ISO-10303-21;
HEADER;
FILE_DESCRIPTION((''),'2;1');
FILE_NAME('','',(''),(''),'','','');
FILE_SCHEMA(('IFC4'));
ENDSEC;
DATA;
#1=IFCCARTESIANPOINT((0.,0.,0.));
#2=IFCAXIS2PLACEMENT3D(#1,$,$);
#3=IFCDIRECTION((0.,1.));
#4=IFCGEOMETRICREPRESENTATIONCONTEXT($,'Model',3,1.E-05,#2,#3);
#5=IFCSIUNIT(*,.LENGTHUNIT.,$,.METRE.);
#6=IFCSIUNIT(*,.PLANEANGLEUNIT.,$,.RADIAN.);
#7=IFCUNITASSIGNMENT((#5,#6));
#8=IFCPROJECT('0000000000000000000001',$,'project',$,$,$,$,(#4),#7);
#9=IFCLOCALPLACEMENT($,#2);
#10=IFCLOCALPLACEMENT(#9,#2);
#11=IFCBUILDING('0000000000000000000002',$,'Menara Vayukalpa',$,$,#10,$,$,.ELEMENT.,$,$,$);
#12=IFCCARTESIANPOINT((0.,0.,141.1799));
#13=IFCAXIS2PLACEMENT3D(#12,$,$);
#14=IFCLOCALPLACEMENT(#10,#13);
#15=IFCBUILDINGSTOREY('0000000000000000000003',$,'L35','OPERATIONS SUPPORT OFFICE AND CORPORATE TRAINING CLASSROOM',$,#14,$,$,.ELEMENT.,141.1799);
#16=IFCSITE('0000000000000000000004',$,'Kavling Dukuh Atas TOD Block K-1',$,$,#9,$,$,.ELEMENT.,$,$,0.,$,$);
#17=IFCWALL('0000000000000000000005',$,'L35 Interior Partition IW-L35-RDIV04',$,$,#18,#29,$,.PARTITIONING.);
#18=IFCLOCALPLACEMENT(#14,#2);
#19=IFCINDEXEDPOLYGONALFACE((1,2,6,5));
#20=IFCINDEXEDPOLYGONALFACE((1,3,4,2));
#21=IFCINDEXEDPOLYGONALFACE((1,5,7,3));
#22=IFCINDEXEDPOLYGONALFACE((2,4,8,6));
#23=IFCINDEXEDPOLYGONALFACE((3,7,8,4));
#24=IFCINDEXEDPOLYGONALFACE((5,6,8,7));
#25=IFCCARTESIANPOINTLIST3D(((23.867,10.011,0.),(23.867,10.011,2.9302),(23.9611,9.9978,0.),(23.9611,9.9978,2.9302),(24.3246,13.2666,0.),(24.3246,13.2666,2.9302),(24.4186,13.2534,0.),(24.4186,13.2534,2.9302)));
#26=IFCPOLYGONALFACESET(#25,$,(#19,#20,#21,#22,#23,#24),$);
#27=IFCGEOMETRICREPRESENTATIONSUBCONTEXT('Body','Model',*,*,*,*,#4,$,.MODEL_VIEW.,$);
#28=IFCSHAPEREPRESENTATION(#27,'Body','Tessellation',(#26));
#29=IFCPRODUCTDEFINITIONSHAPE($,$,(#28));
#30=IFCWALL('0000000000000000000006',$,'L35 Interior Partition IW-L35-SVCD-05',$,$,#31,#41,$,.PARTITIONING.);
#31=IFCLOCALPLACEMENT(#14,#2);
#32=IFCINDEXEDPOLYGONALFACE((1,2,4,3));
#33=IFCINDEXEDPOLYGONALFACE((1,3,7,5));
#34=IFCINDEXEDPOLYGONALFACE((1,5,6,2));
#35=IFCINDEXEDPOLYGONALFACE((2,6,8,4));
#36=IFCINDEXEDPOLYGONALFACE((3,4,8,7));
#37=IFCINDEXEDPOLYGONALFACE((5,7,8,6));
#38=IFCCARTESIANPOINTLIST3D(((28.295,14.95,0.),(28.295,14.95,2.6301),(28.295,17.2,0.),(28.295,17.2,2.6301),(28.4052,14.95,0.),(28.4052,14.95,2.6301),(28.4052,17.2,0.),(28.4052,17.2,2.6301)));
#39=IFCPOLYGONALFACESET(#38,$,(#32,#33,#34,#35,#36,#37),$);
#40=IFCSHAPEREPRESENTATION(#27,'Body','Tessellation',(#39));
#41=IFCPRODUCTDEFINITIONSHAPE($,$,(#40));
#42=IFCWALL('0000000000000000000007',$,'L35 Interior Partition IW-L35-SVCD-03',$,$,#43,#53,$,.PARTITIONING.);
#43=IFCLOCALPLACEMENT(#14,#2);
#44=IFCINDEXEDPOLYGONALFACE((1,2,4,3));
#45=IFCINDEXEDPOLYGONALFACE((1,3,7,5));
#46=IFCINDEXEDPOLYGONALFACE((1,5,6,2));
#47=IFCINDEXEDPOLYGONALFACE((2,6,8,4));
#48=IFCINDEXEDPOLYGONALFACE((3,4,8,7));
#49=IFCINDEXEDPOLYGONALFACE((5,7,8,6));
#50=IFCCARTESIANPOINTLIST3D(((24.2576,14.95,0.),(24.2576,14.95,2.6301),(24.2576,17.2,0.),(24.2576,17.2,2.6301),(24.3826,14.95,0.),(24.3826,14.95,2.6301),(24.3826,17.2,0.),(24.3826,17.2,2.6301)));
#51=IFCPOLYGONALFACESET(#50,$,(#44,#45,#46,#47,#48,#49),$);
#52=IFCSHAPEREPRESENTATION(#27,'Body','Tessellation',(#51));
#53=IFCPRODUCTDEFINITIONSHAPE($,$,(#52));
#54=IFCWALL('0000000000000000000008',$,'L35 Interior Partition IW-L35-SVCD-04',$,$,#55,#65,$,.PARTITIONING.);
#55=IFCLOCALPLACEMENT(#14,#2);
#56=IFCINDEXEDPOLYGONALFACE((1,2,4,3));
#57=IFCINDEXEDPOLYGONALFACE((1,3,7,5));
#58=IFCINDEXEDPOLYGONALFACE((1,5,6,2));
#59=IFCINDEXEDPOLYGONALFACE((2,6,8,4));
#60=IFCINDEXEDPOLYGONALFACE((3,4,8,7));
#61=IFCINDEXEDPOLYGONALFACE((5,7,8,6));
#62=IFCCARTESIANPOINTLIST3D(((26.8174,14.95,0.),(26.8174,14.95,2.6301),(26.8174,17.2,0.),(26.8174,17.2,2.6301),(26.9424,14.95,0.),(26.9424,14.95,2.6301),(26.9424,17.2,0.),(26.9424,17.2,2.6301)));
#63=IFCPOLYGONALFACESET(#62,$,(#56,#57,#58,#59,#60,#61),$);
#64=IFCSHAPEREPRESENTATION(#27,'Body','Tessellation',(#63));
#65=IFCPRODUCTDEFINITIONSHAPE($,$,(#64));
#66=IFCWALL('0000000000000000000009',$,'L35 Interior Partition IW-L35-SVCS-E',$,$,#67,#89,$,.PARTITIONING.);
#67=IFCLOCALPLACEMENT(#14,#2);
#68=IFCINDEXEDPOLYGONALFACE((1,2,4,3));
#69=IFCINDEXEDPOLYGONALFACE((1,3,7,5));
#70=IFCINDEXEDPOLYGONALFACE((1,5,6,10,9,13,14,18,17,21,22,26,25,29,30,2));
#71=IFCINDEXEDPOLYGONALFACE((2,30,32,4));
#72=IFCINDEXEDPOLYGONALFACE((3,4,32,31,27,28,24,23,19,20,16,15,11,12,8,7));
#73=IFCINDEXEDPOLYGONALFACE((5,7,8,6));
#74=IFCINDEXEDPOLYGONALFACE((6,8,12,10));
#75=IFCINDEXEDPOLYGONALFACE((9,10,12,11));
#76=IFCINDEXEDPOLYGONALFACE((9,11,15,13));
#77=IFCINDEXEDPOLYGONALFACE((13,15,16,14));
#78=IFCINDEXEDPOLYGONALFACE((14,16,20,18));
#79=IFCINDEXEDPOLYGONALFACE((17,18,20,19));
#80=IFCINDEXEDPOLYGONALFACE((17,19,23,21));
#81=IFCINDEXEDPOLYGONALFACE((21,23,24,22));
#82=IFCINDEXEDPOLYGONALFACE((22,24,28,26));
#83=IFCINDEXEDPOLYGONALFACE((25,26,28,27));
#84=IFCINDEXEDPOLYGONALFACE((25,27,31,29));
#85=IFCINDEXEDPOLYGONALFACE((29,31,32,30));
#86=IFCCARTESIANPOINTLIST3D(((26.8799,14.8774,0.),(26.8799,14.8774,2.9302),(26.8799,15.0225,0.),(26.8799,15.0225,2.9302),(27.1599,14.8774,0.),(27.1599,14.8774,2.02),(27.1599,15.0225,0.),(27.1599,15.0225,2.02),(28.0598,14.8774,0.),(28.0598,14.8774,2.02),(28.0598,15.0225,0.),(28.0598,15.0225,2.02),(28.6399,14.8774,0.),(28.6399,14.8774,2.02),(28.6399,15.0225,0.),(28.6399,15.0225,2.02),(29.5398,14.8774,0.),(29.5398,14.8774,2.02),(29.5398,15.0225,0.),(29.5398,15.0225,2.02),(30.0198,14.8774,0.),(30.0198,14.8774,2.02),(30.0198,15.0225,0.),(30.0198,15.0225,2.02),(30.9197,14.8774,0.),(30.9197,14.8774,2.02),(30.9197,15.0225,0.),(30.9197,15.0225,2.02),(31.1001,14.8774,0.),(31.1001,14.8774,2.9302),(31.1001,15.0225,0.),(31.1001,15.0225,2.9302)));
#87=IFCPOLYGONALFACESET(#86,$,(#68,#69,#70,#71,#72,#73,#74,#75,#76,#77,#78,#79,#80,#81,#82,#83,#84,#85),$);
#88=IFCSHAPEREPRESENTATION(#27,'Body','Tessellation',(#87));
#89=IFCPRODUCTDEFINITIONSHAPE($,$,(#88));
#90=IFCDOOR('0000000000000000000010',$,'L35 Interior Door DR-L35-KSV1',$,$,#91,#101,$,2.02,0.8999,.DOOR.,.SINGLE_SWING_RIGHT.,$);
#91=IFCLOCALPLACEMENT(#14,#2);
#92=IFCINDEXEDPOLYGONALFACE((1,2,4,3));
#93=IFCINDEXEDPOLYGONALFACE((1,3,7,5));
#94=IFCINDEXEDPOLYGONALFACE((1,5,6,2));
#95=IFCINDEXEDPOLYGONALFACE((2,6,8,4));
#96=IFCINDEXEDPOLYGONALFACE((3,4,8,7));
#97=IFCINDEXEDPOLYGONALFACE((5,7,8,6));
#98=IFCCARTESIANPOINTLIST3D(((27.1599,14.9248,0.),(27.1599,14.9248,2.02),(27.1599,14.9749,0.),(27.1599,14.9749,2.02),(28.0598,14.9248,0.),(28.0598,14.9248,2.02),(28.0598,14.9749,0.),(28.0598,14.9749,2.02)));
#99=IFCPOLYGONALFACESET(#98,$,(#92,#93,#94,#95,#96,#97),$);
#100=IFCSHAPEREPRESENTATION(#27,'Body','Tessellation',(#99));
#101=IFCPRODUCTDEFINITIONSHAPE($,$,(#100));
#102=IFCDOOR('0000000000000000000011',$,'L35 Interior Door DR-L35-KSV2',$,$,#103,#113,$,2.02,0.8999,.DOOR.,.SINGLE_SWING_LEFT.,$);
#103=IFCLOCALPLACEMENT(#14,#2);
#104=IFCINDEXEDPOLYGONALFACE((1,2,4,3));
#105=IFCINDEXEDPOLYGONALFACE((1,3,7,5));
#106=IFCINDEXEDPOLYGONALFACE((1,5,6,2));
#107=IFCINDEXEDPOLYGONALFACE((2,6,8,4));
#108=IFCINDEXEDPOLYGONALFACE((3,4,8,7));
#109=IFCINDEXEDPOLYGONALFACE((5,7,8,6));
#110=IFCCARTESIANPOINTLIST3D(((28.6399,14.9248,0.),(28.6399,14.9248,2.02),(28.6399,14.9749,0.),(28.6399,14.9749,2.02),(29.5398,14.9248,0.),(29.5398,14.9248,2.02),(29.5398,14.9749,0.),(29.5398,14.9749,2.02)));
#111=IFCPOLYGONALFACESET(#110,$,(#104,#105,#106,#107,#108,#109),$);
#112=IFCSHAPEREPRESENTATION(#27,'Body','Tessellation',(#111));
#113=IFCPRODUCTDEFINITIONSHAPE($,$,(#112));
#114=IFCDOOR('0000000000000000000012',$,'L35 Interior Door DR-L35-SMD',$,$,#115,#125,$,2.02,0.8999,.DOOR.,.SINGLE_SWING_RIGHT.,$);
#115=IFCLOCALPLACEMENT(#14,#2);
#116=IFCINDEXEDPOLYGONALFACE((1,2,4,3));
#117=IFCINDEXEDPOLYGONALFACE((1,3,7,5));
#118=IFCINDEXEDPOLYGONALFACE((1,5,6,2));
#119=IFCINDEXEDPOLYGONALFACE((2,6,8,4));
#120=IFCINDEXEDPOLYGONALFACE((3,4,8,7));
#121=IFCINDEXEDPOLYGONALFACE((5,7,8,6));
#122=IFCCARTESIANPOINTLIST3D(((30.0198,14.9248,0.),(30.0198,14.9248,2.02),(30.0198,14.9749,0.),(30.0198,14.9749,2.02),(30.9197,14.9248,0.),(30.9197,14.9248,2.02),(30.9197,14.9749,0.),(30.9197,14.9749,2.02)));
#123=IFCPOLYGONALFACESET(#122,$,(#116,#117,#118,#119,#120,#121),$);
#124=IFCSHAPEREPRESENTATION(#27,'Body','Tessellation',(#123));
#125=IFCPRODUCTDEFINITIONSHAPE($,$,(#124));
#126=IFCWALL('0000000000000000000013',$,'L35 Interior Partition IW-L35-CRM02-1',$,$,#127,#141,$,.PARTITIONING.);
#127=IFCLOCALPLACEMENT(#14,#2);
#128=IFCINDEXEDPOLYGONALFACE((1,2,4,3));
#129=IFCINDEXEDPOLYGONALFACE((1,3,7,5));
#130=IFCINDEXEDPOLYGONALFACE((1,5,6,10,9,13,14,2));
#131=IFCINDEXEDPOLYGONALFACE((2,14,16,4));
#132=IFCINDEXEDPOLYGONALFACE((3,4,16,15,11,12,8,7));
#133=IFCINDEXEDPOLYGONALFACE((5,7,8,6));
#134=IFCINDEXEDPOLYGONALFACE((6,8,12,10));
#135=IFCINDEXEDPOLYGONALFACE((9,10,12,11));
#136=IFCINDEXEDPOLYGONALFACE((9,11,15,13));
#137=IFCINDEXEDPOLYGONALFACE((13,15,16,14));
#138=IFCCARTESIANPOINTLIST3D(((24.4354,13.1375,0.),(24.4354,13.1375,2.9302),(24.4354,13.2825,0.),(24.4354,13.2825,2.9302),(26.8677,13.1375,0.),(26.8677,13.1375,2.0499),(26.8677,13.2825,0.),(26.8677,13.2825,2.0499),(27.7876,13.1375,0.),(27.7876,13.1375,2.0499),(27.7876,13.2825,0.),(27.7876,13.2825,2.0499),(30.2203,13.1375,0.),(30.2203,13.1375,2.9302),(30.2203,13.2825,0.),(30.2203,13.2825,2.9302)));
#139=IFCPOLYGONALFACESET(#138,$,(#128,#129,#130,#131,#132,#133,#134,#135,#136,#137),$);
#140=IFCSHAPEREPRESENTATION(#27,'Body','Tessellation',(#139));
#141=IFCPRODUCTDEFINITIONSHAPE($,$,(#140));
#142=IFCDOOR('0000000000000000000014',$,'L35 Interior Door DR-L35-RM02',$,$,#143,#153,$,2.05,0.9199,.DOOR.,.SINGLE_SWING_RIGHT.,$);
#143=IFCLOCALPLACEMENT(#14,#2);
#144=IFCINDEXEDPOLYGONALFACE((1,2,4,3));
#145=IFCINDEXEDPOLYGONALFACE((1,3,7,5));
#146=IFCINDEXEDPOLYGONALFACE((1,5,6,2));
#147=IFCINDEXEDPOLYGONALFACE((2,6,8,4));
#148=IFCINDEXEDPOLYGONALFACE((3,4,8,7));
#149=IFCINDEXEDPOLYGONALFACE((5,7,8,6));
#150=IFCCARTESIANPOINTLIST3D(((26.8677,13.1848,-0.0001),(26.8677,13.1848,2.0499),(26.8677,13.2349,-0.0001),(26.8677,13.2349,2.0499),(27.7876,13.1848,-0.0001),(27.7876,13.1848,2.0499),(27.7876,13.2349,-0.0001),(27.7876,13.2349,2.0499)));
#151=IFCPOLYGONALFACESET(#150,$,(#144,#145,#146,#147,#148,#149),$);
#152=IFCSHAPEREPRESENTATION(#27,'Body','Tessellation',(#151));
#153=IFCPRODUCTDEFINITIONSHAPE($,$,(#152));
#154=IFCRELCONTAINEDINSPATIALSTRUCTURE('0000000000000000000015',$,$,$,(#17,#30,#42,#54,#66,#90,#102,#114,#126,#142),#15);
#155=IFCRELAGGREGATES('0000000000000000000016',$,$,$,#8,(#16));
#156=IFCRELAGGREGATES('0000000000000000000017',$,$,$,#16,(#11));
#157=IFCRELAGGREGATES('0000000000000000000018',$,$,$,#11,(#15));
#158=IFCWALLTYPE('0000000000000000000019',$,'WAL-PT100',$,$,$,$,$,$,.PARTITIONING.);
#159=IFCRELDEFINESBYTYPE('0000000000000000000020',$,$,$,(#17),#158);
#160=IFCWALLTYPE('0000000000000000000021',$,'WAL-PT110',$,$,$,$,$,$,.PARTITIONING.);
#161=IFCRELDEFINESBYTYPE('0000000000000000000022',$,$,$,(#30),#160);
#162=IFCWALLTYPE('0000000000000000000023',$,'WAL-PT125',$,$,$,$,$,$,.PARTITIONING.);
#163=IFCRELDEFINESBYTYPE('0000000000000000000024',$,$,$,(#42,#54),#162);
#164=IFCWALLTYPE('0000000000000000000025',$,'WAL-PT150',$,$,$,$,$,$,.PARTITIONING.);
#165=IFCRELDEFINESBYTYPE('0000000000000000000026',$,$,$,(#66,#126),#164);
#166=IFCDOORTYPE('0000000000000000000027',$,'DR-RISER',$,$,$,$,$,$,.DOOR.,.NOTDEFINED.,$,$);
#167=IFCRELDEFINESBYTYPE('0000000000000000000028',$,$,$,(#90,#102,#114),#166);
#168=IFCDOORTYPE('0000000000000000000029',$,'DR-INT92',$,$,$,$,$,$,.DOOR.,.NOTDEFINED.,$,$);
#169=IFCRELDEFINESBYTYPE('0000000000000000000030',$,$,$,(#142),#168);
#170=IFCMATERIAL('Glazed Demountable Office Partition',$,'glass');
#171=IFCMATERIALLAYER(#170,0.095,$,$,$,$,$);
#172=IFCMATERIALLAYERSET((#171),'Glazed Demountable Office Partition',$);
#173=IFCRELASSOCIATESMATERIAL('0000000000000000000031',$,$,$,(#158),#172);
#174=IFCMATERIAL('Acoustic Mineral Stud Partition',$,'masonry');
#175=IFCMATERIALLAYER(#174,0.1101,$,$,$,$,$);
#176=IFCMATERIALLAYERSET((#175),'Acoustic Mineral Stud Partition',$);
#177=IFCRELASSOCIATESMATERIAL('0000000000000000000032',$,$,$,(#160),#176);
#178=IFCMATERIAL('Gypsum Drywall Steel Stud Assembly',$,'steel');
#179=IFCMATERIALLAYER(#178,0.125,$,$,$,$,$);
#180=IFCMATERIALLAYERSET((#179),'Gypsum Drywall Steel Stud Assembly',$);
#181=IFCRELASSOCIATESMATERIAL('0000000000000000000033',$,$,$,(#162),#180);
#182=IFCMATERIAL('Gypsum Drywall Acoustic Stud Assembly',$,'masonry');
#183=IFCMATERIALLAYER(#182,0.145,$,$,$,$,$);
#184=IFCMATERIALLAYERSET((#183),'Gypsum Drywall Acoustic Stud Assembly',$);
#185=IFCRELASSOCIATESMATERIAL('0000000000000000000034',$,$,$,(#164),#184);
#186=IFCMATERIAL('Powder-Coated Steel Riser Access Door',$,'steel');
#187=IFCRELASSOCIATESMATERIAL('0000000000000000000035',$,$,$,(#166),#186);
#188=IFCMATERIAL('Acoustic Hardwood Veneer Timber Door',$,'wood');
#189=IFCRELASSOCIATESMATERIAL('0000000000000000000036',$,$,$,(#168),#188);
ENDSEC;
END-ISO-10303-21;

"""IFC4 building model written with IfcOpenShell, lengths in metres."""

from ifc_helpers import new_model, si_unit, direction, frame, frame_2d, origin, place, context, subcontext, project, spatial, rectangle, extrude, material, layer, layer_set, type_object, element, fill, save


model = new_model("IFC4")

# Units and contexts
model_context = context("Model", 3, precision=1e-05, world=origin(), true_north=direction((0.0, 1.0)))
body_context = subcontext(model_context, "Body", "Model", "MODEL_VIEW")
ifc_project = project(units=[si_unit("LENGTHUNIT", "METRE"), si_unit("PLANEANGLEUNIT", "RADIAN")], contexts=[model_context])

# Site, building, storey
site_placement = place(None, origin())
site = spatial("IfcSite", under=ifc_project, at=site_placement, Name="Kavling Dukuh Atas TOD Block K-1", CompositionType="ELEMENT", RefElevation=0.0)
building_placement = place(site_placement, origin())
building = spatial("IfcBuilding", under=site, at=building_placement, Name="Menara Vayukalpa", CompositionType="ELEMENT")
storey_placement = place(building_placement, frame((0.0, 0.0, 141.1799)))
storey = spatial("IfcBuildingStorey", under=building, at=storey_placement, Name="L35", Description="OPERATIONS SUPPORT OFFICE AND CORPORATE TRAINING CLASSROOM", CompositionType="ELEMENT", Elevation=141.1799)

# Walls
ifc_material_1 = material(Name="Glazed Demountable Office Partition", Category="glass")
ifc_layer_1 = layer(ifc_material_1, 0.095)
ifc_layer_set_1 = layer_set([ifc_layer_1], Name="Glazed Demountable Office Partition")
wall_type_1 = type_object("IfcWallType", Name="WAL-PT100", PredefinedType="PARTITIONING", material=ifc_layer_set_1)
wall_1_placement = place(storey_placement, frame((24.3716, 13.26, 0.0), z_axis=(0.0, 0.0, 1.0), x_axis=(-0.139165, -0.990269, 0.0)))
element("IfcWall", 1, at=wall_1_placement, inside=storey, type_object=wall_type_1, Name="L35 Interior Partition IW-L35-RDIV04", PredefinedType="PARTITIONING", context=body_context, shape_type="SweptSolid", body=[
    extrude(rectangle(XDim=3.2876, YDim=0.095, at=frame_2d((1.6438, 0.0))), origin(), (0.0, 0.0, 1.0), 2.9302),
])
ifc_material_2 = material(Name="Acoustic Mineral Stud Partition", Category="masonry")
ifc_layer_2 = layer(ifc_material_2, 0.1101)
ifc_layer_set_2 = layer_set([ifc_layer_2], Name="Acoustic Mineral Stud Partition")
wall_type_2 = type_object("IfcWallType", Name="WAL-PT110", PredefinedType="PARTITIONING", material=ifc_layer_set_2)
wall_2_placement = place(storey_placement, frame((28.3501, 14.95, 0.0), z_axis=(0.0, 0.0, 1.0), x_axis=(0.0, 1.0, 0.0)))
element("IfcWall", 2, at=wall_2_placement, inside=storey, type_object=wall_type_2, Name="L35 Interior Partition IW-L35-SVCD-05", PredefinedType="PARTITIONING", context=body_context, shape_type="SweptSolid", body=[
    extrude(rectangle(XDim=2.25, YDim=0.1101, at=frame_2d((1.125, 0.0))), origin(), (0.0, 0.0, 1.0), 2.6301),
])
ifc_material_3 = material(Name="Gypsum Drywall Steel Stud Assembly", Category="steel")
ifc_layer_3 = layer(ifc_material_3, 0.125)
ifc_layer_set_3 = layer_set([ifc_layer_3], Name="Gypsum Drywall Steel Stud Assembly")
wall_type_3 = type_object("IfcWallType", Name="WAL-PT125", PredefinedType="PARTITIONING", material=ifc_layer_set_3)
for number, where, z_axis, x_axis, name in (
    (3, (24.3201, 14.95, 0.0), (0.0, 0.0, 1.0), (0.0, 1.0, 0.0), "L35 Interior Partition IW-L35-SVCD-03"),
    (4, (26.8799, 14.95, 0.0), (0.0, 0.0, 1.0), (0.0, 1.0, 0.0), "L35 Interior Partition IW-L35-SVCD-04"),
):
    element("IfcWall", number, at=place(storey_placement, frame(where, z_axis=z_axis, x_axis=x_axis)), inside=storey, type_object=wall_type_3, Name=name, PredefinedType="PARTITIONING", context=body_context, shape_type="SweptSolid", body=[
        extrude(rectangle(XDim=2.25, YDim=0.125, at=frame_2d((1.125, 0.0))), origin(), (0.0, 0.0, 1.0), 2.6301),
    ])

# Wall, openings, doors
ifc_material_4 = material(Name="Gypsum Drywall Acoustic Stud Assembly", Category="masonry")
ifc_layer_4 = layer(ifc_material_4, 0.145)
ifc_layer_set_4 = layer_set([ifc_layer_4], Name="Gypsum Drywall Acoustic Stud Assembly")
wall_type_4 = type_object("IfcWallType", Name="WAL-PT150", PredefinedType="PARTITIONING", material=ifc_layer_set_4)
wall_3_placement = place(storey_placement, frame((26.8799, 14.95, 0.0), z_axis=(0.0, 0.0, 1.0), x_axis=(1.0, 0.0, 0.0)))
wall_3 = element("IfcWall", 5, at=wall_3_placement, inside=storey, type_object=wall_type_4, Name="L35 Interior Partition IW-L35-SVCS-E", PredefinedType="PARTITIONING", context=body_context, shape_type="SweptSolid", body=[
    extrude(rectangle(XDim=4.2202, YDim=0.145, at=frame_2d((2.1101, 0.0))), origin(), (0.0, 0.0, 1.0), 2.9302),
])
opening_1_placement = place(wall_3_placement, frame((0.28, 0.0, 0.0)))
opening_1 = element("IfcOpeningElement", 6, at=opening_1_placement, cuts=wall_3, PredefinedType="OPENING", context=body_context, shape_type="SweptSolid", body=[
    extrude(rectangle(XDim=0.8999, YDim=2.02, at=frame_2d((0.45, 1.01))), frame((0.0, 0.0825, 0.0), z_axis=(0.0, -1.0, 0.0), x_axis=(1.0, 0.0, 0.0)), (0.0, 0.0, 1.0), 0.165),
])
opening_2_placement = place(wall_3_placement, frame((1.76, 0.0, 0.0)))
opening_2 = element("IfcOpeningElement", 7, at=opening_2_placement, cuts=wall_3, PredefinedType="OPENING", context=body_context, shape_type="SweptSolid", body=[
    extrude(rectangle(XDim=0.8999, YDim=2.02, at=frame_2d((0.45, 1.01))), frame((0.0, 0.0825, 0.0), z_axis=(0.0, -1.0, 0.0), x_axis=(1.0, 0.0, 0.0)), (0.0, 0.0, 1.0), 0.165),
])
opening_3_placement = place(wall_3_placement, frame((3.1399, 0.0, 0.0)))
opening_3 = element("IfcOpeningElement", 8, at=opening_3_placement, cuts=wall_3, PredefinedType="OPENING", context=body_context, shape_type="SweptSolid", body=[
    extrude(rectangle(XDim=0.8999, YDim=2.02, at=frame_2d((0.45, 1.01))), frame((0.0, 0.0825, 0.0), z_axis=(0.0, -1.0, 0.0), x_axis=(1.0, 0.0, 0.0)), (0.0, 0.0, 1.0), 0.165),
])
ifc_material_5 = material(Name="Powder-Coated Steel Riser Access Door", Category="steel")
door_type_1 = type_object("IfcDoorType", Name="DR-RISER", OperationType="NOTDEFINED", PredefinedType="DOOR", material=ifc_material_5)
door_1_placement = place(opening_1_placement, origin())
door_1 = element("IfcDoor", 9, at=door_1_placement, inside=storey, type_object=door_type_1, Name="L35 Interior Door DR-L35-KSV1", OperationType="SINGLE_SWING_RIGHT", OverallHeight=2.02, OverallWidth=0.8999, PredefinedType="DOOR", context=body_context, shape_type="SweptSolid", body=[
    extrude(rectangle(XDim=0.8999, YDim=2.02, at=frame_2d((0.45, 1.01))), frame((0.0, 0.0249, 0.0), z_axis=(0.0, -1.0, 0.0), x_axis=(1.0, 0.0, 0.0)), (0.0, 0.0, 1.0), 0.05),
])
fill(opening_1, door_1)
door_2_placement = place(opening_2_placement, origin())
door_2 = element("IfcDoor", 10, at=door_2_placement, inside=storey, type_object=door_type_1, Name="L35 Interior Door DR-L35-KSV2", OperationType="SINGLE_SWING_LEFT", OverallHeight=2.02, OverallWidth=0.8999, PredefinedType="DOOR", context=body_context, shape_type="SweptSolid", body=[
    extrude(rectangle(XDim=0.8999, YDim=2.02, at=frame_2d((0.45, 1.01))), frame((0.0, 0.0249, 0.0), z_axis=(0.0, -1.0, 0.0), x_axis=(1.0, 0.0, 0.0)), (0.0, 0.0, 1.0), 0.05),
])
fill(opening_2, door_2)
door_3_placement = place(opening_3_placement, origin())
door_3 = element("IfcDoor", 11, at=door_3_placement, inside=storey, type_object=door_type_1, Name="L35 Interior Door DR-L35-SMD", OperationType="SINGLE_SWING_RIGHT", OverallHeight=2.02, OverallWidth=0.8999, PredefinedType="DOOR", context=body_context, shape_type="SweptSolid", body=[
    extrude(rectangle(XDim=0.8999, YDim=2.02, at=frame_2d((0.45, 1.01))), frame((0.0, 0.0249, 0.0), z_axis=(0.0, -1.0, 0.0), x_axis=(1.0, 0.0, 0.0)), (0.0, 0.0, 1.0), 0.05),
])
fill(opening_3, door_3)

# Wall, opening, door
wall_4_placement = place(storey_placement, frame((24.4353, 13.21, 0.0), z_axis=(0.0, 0.0, 1.0), x_axis=(1.0, 0.0, 0.0)))
wall_4 = element("IfcWall", 12, at=wall_4_placement, inside=storey, type_object=wall_type_4, Name="L35 Interior Partition IW-L35-CRM02-1", PredefinedType="PARTITIONING", context=body_context, shape_type="SweptSolid", body=[
    extrude(rectangle(XDim=5.7849, YDim=0.145, at=frame_2d((2.8926, 0.0))), origin(), (0.0, 0.0, 1.0), 2.9302),
])
opening_4_placement = place(wall_4_placement, frame((2.4324, 0.0, 0.0)))
opening_4 = element("IfcOpeningElement", 13, at=opening_4_placement, cuts=wall_4, PredefinedType="OPENING", context=body_context, shape_type="SweptSolid", body=[
    extrude(rectangle(XDim=0.9199, YDim=2.05, at=frame_2d((0.46, 1.0249))), frame((0.0, 0.0825, 0.0), z_axis=(0.0, -1.0, 0.0), x_axis=(1.0, 0.0, 0.0)), (0.0, 0.0, 1.0), 0.165),
])
ifc_material_6 = material(Name="Acoustic Hardwood Veneer Timber Door", Category="wood")
door_type_2 = type_object("IfcDoorType", Name="DR-INT92", OperationType="NOTDEFINED", PredefinedType="DOOR", material=ifc_material_6)
door_4_placement = place(opening_4_placement, origin())
door_4 = element("IfcDoor", 14, at=door_4_placement, inside=storey, type_object=door_type_2, Name="L35 Interior Door DR-L35-RM02", OperationType="SINGLE_SWING_RIGHT", OverallHeight=2.05, OverallWidth=0.9199, PredefinedType="DOOR", context=body_context, shape_type="SweptSolid", body=[
    extrude(rectangle(XDim=0.9199, YDim=2.05, at=frame_2d((0.46, 1.0249))), frame((0.0, 0.0249, 0.0), z_axis=(0.0, -1.0, 0.0), x_axis=(1.0, 0.0, 0.0)), (0.0, 0.0, 1.0), 0.05),
])
fill(opening_4, door_4)

save(model, "model.ifc")
